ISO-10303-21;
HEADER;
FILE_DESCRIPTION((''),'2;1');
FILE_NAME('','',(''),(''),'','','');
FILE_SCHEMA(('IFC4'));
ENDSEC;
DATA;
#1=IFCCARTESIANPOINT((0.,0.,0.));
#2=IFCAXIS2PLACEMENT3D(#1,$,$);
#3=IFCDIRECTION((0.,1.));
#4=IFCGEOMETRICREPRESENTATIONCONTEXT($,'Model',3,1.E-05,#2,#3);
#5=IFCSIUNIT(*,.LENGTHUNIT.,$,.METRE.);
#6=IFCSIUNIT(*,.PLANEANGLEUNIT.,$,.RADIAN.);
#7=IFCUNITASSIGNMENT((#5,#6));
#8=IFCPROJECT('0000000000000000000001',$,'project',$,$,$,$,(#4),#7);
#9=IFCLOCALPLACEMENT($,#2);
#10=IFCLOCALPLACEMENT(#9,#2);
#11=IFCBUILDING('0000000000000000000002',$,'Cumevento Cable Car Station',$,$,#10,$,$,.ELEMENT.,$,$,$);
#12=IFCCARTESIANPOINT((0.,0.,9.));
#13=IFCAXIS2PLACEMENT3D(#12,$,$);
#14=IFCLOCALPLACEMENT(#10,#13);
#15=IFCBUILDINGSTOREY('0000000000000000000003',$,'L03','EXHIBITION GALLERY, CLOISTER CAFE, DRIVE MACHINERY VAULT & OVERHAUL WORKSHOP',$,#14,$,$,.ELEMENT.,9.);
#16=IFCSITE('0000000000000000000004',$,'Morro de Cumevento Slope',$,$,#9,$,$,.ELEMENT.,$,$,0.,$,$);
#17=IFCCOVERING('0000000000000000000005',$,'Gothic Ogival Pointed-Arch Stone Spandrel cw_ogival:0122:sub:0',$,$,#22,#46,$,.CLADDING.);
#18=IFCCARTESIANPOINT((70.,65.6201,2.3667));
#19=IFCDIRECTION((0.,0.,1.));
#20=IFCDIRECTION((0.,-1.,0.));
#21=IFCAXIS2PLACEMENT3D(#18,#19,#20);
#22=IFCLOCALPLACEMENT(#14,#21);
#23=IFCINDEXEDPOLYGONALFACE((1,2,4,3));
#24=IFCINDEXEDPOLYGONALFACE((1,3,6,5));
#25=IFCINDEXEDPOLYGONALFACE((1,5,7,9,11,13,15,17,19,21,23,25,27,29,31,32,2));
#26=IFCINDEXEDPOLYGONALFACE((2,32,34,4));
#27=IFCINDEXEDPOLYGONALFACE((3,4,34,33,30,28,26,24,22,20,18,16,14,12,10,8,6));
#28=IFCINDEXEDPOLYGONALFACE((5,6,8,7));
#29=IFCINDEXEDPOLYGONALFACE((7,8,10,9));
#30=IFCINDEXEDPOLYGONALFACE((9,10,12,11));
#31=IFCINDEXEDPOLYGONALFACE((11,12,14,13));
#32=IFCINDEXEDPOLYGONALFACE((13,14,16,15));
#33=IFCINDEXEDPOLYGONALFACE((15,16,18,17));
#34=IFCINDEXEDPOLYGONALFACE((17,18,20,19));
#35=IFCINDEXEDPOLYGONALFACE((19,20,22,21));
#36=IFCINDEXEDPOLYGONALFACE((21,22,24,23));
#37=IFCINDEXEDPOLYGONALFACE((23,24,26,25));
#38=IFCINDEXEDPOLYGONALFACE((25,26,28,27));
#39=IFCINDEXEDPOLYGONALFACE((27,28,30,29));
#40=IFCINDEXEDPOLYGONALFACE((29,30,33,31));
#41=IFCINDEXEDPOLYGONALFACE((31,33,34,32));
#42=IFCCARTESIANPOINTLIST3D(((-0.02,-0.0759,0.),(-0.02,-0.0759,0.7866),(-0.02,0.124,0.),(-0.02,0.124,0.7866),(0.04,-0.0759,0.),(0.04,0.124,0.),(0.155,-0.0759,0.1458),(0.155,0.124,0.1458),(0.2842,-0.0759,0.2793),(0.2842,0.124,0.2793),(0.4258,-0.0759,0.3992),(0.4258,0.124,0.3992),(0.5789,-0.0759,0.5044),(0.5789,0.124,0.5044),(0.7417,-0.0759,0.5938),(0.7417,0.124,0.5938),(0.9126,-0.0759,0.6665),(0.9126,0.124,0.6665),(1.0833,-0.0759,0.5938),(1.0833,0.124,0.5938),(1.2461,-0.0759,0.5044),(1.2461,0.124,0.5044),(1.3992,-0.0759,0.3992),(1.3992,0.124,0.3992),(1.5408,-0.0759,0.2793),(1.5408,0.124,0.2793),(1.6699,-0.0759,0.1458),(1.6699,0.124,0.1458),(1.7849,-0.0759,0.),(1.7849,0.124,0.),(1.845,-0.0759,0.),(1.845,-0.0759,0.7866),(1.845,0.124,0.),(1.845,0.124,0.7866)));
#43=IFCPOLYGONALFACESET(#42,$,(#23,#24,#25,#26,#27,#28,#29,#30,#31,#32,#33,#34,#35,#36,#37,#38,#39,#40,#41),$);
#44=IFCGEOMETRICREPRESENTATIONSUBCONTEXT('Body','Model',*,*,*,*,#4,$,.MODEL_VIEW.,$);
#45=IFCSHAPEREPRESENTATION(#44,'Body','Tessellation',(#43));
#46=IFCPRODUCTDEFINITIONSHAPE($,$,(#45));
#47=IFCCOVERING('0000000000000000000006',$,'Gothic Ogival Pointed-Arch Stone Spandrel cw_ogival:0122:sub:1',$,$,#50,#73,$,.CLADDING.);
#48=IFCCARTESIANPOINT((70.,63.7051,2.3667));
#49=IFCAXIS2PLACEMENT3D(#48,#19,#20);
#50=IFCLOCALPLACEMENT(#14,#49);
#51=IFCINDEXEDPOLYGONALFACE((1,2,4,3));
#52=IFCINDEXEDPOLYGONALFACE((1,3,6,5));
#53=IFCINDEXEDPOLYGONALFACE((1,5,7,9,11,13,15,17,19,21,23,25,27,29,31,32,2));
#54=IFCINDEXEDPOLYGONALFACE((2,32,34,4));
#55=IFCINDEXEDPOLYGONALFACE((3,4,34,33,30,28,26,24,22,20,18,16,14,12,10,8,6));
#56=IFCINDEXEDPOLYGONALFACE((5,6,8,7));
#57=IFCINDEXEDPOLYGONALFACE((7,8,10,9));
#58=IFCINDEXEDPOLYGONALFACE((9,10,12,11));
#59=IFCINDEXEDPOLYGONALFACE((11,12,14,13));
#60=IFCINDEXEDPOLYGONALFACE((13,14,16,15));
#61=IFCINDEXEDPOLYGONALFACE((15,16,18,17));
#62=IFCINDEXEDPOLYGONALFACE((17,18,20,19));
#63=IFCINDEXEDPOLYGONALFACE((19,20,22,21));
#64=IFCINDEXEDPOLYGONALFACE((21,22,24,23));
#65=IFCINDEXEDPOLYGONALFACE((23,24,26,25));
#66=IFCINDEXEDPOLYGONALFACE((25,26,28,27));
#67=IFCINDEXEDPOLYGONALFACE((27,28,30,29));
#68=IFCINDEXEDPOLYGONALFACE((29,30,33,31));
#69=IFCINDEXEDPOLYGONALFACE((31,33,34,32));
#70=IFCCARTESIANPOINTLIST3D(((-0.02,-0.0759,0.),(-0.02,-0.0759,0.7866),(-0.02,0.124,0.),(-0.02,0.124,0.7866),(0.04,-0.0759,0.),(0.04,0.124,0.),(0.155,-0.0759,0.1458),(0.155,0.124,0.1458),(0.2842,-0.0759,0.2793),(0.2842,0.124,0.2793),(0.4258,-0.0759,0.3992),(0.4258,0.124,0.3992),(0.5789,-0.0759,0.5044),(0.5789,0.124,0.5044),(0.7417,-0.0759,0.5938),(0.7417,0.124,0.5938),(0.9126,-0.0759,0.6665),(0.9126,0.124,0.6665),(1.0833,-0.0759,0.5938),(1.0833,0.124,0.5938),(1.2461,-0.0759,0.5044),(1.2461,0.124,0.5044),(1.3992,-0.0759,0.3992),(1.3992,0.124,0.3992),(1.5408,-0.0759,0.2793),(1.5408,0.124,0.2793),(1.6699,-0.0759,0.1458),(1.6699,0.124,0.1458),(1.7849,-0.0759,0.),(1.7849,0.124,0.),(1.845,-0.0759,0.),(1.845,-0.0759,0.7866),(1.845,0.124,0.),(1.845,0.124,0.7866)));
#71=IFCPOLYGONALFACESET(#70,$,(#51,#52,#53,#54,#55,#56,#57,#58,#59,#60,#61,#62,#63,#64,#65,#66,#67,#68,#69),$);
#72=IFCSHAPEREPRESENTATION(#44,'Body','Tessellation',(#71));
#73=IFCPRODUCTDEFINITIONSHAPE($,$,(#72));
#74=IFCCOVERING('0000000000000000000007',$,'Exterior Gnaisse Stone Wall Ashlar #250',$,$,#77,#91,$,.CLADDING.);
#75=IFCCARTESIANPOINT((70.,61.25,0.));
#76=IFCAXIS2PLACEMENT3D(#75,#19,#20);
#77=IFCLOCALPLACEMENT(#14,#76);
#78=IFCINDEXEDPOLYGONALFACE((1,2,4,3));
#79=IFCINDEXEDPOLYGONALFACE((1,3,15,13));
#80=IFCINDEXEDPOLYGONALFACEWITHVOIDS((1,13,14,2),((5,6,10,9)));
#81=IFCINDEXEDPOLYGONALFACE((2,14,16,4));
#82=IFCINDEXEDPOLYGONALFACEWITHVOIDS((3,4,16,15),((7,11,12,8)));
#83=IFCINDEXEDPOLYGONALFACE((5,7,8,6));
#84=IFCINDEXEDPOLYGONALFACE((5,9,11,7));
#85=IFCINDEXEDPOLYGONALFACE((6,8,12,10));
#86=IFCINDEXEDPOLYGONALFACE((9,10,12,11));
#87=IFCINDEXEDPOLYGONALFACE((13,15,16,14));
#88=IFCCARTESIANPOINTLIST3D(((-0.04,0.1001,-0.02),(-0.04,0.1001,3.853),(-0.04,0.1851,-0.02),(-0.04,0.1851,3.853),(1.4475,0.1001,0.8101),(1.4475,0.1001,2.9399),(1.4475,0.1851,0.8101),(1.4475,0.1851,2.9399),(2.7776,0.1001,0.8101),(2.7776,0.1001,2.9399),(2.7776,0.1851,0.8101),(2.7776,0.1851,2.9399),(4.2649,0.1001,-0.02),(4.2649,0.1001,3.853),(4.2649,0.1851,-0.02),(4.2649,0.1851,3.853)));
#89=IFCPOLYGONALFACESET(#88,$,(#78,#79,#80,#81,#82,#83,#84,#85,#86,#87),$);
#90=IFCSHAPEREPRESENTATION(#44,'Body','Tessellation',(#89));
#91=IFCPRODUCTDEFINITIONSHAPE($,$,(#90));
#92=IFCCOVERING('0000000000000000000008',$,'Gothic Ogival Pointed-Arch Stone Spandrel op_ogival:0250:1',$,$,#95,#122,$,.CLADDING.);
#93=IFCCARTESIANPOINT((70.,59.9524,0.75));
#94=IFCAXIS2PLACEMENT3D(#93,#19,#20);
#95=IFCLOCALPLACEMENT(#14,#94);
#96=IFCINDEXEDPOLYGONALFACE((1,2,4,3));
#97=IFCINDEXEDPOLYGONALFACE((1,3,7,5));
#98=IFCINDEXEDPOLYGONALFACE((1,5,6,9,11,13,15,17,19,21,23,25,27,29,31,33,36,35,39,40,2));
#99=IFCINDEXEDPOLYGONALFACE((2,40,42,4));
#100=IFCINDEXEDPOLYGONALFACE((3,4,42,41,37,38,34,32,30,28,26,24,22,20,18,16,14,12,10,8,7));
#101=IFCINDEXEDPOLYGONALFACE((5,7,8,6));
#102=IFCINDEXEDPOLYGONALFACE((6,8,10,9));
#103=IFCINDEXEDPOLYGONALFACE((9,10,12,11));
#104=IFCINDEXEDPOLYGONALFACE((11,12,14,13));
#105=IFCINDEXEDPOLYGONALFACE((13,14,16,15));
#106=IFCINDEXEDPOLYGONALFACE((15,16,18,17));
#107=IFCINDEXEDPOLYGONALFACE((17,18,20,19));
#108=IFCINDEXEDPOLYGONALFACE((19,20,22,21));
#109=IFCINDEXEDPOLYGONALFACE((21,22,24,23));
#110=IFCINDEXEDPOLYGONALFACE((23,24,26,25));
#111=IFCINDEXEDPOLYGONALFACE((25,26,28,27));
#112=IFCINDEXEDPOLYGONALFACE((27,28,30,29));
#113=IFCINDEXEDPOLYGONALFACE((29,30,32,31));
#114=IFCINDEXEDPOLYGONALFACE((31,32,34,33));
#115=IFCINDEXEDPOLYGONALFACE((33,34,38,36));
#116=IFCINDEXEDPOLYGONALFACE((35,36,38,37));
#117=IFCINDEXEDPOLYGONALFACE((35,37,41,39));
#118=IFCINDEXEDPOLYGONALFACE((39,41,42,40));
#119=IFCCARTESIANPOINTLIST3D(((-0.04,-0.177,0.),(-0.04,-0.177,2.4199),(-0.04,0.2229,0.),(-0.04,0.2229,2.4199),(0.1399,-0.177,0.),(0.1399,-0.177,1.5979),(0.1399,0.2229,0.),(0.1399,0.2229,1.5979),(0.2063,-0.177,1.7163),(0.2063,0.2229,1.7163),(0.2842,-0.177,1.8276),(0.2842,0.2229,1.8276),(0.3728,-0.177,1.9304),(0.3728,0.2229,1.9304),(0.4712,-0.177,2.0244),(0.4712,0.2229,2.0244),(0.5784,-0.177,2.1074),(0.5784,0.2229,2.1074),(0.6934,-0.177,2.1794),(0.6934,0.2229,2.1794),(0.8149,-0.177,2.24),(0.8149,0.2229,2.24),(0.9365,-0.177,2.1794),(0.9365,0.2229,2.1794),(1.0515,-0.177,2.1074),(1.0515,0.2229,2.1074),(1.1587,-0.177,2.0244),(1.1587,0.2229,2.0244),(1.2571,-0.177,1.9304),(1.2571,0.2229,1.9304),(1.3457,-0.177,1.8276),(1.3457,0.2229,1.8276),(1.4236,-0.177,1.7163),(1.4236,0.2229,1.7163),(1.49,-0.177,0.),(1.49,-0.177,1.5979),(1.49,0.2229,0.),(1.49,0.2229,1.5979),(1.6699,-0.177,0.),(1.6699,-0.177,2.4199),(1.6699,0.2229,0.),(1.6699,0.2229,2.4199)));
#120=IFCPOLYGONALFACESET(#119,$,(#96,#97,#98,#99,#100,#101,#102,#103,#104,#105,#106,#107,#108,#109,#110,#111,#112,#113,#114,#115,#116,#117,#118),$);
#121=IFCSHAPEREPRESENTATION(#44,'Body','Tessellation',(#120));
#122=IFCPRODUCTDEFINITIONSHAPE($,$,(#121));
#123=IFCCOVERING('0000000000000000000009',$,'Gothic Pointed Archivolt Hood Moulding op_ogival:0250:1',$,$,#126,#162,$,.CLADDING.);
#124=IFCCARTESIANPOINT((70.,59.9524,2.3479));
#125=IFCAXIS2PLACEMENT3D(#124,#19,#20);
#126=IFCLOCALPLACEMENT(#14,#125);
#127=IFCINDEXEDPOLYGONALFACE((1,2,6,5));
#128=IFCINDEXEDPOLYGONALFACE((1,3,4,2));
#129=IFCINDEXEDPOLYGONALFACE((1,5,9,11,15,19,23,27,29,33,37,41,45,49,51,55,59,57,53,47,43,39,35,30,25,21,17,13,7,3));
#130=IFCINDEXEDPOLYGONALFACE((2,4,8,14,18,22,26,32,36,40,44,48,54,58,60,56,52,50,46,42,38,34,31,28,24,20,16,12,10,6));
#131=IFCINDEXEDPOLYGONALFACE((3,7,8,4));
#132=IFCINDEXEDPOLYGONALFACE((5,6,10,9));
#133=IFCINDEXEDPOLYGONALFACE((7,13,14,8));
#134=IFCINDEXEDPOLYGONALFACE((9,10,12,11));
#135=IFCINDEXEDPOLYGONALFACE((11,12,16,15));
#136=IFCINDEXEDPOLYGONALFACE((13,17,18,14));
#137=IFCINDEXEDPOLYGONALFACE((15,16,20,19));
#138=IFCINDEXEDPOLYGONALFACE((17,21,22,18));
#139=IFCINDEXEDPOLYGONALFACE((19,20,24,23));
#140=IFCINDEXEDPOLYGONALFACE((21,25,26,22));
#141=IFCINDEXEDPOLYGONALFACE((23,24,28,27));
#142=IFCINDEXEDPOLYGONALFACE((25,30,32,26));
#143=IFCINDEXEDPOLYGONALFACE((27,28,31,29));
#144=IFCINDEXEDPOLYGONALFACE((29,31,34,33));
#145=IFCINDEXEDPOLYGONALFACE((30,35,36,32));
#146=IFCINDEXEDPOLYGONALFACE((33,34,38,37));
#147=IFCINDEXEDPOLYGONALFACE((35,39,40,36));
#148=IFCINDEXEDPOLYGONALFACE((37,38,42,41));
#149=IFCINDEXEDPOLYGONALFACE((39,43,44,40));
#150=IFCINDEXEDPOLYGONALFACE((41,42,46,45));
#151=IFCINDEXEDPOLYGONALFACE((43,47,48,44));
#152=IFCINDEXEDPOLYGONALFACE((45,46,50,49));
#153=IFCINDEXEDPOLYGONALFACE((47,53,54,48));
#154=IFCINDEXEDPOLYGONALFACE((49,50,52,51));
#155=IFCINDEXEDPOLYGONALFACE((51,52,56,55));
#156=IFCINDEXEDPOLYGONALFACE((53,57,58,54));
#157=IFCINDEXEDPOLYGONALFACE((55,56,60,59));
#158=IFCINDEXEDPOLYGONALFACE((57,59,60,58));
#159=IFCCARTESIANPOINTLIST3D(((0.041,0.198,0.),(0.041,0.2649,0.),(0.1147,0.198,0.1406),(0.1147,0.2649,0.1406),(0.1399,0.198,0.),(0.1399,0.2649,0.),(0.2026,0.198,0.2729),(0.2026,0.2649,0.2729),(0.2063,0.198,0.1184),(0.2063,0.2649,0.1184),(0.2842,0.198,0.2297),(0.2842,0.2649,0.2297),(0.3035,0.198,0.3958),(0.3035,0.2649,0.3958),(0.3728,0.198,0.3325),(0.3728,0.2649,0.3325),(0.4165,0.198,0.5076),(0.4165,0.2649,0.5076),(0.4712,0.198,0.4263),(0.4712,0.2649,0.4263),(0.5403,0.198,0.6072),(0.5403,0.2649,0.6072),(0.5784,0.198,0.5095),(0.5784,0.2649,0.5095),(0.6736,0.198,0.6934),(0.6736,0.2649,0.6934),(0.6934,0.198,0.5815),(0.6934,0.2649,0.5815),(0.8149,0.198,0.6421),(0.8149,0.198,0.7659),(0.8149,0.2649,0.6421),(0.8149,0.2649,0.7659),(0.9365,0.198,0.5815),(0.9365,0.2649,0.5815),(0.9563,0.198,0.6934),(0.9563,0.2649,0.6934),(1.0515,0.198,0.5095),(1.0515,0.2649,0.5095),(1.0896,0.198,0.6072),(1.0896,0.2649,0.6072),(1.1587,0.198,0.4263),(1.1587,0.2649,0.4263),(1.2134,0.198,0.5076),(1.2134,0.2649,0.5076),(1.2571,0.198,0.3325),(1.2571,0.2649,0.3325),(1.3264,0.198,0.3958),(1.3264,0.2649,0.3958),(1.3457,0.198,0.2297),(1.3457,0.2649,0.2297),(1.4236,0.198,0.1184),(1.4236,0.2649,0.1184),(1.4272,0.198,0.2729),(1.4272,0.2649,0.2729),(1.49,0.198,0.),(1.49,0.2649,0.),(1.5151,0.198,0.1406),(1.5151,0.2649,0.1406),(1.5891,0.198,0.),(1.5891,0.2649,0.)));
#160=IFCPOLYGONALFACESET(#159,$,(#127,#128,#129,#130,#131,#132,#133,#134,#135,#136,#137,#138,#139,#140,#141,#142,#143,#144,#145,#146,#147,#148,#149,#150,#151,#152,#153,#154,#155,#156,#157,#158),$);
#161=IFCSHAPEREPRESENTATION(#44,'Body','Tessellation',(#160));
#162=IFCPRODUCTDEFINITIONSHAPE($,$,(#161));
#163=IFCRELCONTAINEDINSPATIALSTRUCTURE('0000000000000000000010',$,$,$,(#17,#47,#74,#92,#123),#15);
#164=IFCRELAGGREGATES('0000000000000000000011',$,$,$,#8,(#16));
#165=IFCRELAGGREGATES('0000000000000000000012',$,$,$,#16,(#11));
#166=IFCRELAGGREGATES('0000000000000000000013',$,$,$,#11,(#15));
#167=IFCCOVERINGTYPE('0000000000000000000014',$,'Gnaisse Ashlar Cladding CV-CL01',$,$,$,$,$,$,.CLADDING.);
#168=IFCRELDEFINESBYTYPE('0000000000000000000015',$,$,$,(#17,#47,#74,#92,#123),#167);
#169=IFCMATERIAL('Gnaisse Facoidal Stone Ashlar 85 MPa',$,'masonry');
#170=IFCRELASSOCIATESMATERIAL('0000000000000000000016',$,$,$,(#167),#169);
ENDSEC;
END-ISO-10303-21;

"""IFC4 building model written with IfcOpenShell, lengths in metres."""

from ifc_helpers import new_model, si_unit, direction, frame, origin, place, context, subcontext, project, spatial, polyline, outline, extrude, material, type_object, element, save


model = new_model("IFC4")

# Units and contexts
model_context = context("Model", 3, precision=1e-05, world=origin(), true_north=direction((0.0, 1.0)))
body_context = subcontext(model_context, "Body", "Model", "MODEL_VIEW")
ifc_project = project(units=[si_unit("LENGTHUNIT", "METRE"), si_unit("PLANEANGLEUNIT", "RADIAN")], contexts=[model_context])

# Site, building, storey
site_placement = place(None, origin())
site = spatial("IfcSite", under=ifc_project, at=site_placement, Name="Morro de Cumevento Slope", CompositionType="ELEMENT", RefElevation=0.0)
building_placement = place(site_placement, origin())
building = spatial("IfcBuilding", under=site, at=building_placement, Name="Cumevento Cable Car Station", CompositionType="ELEMENT")
storey_placement = place(building_placement, frame((0.0, 0.0, 9.0)))
storey = spatial("IfcBuildingStorey", under=building, at=storey_placement, Name="L03", Description="EXHIBITION GALLERY, CLOISTER CAFE, DRIVE MACHINERY VAULT & OVERHAUL WORKSHOP", CompositionType="ELEMENT", Elevation=9.0)

# Coverings
ifc_material_1 = material(Name="Gnaisse Facoidal Stone Ashlar 85 MPa", Category="masonry")
covering_type = type_object("IfcCoveringType", Name="Gnaisse Ashlar Cladding CV-CL01", PredefinedType="CLADDING", material=ifc_material_1)
for number, where, z_axis, x_axis, name in (
    (1, (70.0, 65.6201, 2.3667), (0.0, 0.0, 1.0), (0.0, -1.0, 0.0), "Gothic Ogival Pointed-Arch Stone Spandrel cw_ogival:0122:sub:0"),
    (2, (70.0, 63.7051, 2.3667), (0.0, 0.0, 1.0), (0.0, -1.0, 0.0), "Gothic Ogival Pointed-Arch Stone Spandrel cw_ogival:0122:sub:1"),
):
    element("IfcCovering", number, at=place(storey_placement, frame(where, z_axis=z_axis, x_axis=x_axis)), inside=storey, type_object=covering_type, Name=name, PredefinedType="CLADDING", context=body_context, shape_type="SweptSolid", body=[
        extrude(outline(polyline([(-0.02, 0.0), (-0.02, 0.7866), (1.845, 0.7866), (1.845, 0.0), (1.7849, 0.0), (1.6699, 0.1458), (1.5408, 0.2793), (1.3992, 0.3992), (1.2461, 0.5044), (1.0833, 0.5938), (0.9126, 0.6665), (0.7417, 0.5938), (0.5789, 0.5044), (0.4258, 0.3992), (0.2842, 0.2793), (0.155, 0.1458), (0.04, 0.0), (-0.02, 0.0)])), frame((0.0, 0.124, 0.0), z_axis=(0.0, -1.0, 0.0), x_axis=(1.0, 0.0, 0.0)), (0.0, 0.0, 1.0), 0.2),
    ])
covering_1_placement = place(storey_placement, frame((70.0, 61.25, 0.0), z_axis=(0.0, 0.0, 1.0), x_axis=(0.0, -1.0, 0.0)))
element("IfcCovering", 3, at=covering_1_placement, inside=storey, type_object=covering_type, Name="Exterior Gnaisse Stone Wall Ashlar #250", PredefinedType="CLADDING", context=body_context, shape_type="SweptSolid", body=[
    extrude(outline(polyline([(-0.04, -0.02), (4.2649, -0.02), (4.2649, 3.853), (-0.04, 3.853), (-0.04, -0.02)]), holes=[polyline([(1.4475, 0.8101), (2.7776, 0.8101), (2.7776, 2.9399), (1.4475, 2.9399), (1.4475, 0.8101)])]), frame((0.0, 0.1851, 0.0), z_axis=(0.0, -1.0, 0.0), x_axis=(1.0, 0.0, 0.0)), (0.0, 0.0, 1.0), 0.085),
])
covering_2_placement = place(storey_placement, frame((70.0, 59.9524, 0.75), z_axis=(0.0, 0.0, 1.0), x_axis=(0.0, -1.0, 0.0)))
element("IfcCovering", 4, at=covering_2_placement, inside=storey, type_object=covering_type, Name="Gothic Ogival Pointed-Arch Stone Spandrel op_ogival:0250:1", PredefinedType="CLADDING", context=body_context, shape_type="SweptSolid", body=[
    extrude(outline(polyline([(-0.04, 0.0), (-0.04, 2.4199), (1.6699, 2.4199), (1.6699, 0.0), (1.49, 0.0), (1.49, 1.5979), (1.4236, 1.7163), (1.3457, 1.8276), (1.2571, 1.9304), (1.1587, 2.0244), (1.0515, 2.1074), (0.9365, 2.1794), (0.8149, 2.24), (0.6934, 2.1794), (0.5784, 2.1074), (0.4712, 2.0244), (0.3728, 1.9304), (0.2842, 1.8276), (0.2063, 1.7163), (0.1399, 1.5979), (0.1399, 0.0), (-0.04, 0.0)])), frame((0.0, 0.2229, 0.0), z_axis=(0.0, -1.0, 0.0), x_axis=(1.0, 0.0, 0.0)), (0.0, 0.0, 1.0), 0.3999),
])
covering_3_placement = place(storey_placement, frame((70.0, 59.9524, 2.3479), z_axis=(0.0, 0.0, 1.0), x_axis=(0.0, -1.0, 0.0)))
element("IfcCovering", 5, at=covering_3_placement, inside=storey, type_object=covering_type, Name="Gothic Pointed Archivolt Hood Moulding op_ogival:0250:1", PredefinedType="CLADDING", context=body_context, shape_type="SweptSolid", body=[
    extrude(outline(polyline([(0.1399, 0.0), (0.2063, 0.1184), (0.2842, 0.2297), (0.3728, 0.3325), (0.4712, 0.4263), (0.5784, 0.5095), (0.6934, 0.5815), (0.8149, 0.6421), (0.9365, 0.5815), (1.0515, 0.5095), (1.1587, 0.4263), (1.2571, 0.3325), (1.3457, 0.2297), (1.4236, 0.1184), (1.49, 0.0), (1.5891, 0.0), (1.5151, 0.1406), (1.4272, 0.2729), (1.3264, 0.3958), (1.2134, 0.5076), (1.0896, 0.6072), (0.9563, 0.6934), (0.8149, 0.7659), (0.6736, 0.6934), (0.5403, 0.6072), (0.4165, 0.5076), (0.3035, 0.3958), (0.2026, 0.2729), (0.1147, 0.1406), (0.041, 0.0), (0.1399, 0.0)])), frame((0.0, 0.2649, 0.0), z_axis=(0.0, -1.0, 0.0), x_axis=(1.0, 0.0, 0.0)), (0.0, 0.0, 1.0), 0.0669),
])

save(model, "model.ifc")
